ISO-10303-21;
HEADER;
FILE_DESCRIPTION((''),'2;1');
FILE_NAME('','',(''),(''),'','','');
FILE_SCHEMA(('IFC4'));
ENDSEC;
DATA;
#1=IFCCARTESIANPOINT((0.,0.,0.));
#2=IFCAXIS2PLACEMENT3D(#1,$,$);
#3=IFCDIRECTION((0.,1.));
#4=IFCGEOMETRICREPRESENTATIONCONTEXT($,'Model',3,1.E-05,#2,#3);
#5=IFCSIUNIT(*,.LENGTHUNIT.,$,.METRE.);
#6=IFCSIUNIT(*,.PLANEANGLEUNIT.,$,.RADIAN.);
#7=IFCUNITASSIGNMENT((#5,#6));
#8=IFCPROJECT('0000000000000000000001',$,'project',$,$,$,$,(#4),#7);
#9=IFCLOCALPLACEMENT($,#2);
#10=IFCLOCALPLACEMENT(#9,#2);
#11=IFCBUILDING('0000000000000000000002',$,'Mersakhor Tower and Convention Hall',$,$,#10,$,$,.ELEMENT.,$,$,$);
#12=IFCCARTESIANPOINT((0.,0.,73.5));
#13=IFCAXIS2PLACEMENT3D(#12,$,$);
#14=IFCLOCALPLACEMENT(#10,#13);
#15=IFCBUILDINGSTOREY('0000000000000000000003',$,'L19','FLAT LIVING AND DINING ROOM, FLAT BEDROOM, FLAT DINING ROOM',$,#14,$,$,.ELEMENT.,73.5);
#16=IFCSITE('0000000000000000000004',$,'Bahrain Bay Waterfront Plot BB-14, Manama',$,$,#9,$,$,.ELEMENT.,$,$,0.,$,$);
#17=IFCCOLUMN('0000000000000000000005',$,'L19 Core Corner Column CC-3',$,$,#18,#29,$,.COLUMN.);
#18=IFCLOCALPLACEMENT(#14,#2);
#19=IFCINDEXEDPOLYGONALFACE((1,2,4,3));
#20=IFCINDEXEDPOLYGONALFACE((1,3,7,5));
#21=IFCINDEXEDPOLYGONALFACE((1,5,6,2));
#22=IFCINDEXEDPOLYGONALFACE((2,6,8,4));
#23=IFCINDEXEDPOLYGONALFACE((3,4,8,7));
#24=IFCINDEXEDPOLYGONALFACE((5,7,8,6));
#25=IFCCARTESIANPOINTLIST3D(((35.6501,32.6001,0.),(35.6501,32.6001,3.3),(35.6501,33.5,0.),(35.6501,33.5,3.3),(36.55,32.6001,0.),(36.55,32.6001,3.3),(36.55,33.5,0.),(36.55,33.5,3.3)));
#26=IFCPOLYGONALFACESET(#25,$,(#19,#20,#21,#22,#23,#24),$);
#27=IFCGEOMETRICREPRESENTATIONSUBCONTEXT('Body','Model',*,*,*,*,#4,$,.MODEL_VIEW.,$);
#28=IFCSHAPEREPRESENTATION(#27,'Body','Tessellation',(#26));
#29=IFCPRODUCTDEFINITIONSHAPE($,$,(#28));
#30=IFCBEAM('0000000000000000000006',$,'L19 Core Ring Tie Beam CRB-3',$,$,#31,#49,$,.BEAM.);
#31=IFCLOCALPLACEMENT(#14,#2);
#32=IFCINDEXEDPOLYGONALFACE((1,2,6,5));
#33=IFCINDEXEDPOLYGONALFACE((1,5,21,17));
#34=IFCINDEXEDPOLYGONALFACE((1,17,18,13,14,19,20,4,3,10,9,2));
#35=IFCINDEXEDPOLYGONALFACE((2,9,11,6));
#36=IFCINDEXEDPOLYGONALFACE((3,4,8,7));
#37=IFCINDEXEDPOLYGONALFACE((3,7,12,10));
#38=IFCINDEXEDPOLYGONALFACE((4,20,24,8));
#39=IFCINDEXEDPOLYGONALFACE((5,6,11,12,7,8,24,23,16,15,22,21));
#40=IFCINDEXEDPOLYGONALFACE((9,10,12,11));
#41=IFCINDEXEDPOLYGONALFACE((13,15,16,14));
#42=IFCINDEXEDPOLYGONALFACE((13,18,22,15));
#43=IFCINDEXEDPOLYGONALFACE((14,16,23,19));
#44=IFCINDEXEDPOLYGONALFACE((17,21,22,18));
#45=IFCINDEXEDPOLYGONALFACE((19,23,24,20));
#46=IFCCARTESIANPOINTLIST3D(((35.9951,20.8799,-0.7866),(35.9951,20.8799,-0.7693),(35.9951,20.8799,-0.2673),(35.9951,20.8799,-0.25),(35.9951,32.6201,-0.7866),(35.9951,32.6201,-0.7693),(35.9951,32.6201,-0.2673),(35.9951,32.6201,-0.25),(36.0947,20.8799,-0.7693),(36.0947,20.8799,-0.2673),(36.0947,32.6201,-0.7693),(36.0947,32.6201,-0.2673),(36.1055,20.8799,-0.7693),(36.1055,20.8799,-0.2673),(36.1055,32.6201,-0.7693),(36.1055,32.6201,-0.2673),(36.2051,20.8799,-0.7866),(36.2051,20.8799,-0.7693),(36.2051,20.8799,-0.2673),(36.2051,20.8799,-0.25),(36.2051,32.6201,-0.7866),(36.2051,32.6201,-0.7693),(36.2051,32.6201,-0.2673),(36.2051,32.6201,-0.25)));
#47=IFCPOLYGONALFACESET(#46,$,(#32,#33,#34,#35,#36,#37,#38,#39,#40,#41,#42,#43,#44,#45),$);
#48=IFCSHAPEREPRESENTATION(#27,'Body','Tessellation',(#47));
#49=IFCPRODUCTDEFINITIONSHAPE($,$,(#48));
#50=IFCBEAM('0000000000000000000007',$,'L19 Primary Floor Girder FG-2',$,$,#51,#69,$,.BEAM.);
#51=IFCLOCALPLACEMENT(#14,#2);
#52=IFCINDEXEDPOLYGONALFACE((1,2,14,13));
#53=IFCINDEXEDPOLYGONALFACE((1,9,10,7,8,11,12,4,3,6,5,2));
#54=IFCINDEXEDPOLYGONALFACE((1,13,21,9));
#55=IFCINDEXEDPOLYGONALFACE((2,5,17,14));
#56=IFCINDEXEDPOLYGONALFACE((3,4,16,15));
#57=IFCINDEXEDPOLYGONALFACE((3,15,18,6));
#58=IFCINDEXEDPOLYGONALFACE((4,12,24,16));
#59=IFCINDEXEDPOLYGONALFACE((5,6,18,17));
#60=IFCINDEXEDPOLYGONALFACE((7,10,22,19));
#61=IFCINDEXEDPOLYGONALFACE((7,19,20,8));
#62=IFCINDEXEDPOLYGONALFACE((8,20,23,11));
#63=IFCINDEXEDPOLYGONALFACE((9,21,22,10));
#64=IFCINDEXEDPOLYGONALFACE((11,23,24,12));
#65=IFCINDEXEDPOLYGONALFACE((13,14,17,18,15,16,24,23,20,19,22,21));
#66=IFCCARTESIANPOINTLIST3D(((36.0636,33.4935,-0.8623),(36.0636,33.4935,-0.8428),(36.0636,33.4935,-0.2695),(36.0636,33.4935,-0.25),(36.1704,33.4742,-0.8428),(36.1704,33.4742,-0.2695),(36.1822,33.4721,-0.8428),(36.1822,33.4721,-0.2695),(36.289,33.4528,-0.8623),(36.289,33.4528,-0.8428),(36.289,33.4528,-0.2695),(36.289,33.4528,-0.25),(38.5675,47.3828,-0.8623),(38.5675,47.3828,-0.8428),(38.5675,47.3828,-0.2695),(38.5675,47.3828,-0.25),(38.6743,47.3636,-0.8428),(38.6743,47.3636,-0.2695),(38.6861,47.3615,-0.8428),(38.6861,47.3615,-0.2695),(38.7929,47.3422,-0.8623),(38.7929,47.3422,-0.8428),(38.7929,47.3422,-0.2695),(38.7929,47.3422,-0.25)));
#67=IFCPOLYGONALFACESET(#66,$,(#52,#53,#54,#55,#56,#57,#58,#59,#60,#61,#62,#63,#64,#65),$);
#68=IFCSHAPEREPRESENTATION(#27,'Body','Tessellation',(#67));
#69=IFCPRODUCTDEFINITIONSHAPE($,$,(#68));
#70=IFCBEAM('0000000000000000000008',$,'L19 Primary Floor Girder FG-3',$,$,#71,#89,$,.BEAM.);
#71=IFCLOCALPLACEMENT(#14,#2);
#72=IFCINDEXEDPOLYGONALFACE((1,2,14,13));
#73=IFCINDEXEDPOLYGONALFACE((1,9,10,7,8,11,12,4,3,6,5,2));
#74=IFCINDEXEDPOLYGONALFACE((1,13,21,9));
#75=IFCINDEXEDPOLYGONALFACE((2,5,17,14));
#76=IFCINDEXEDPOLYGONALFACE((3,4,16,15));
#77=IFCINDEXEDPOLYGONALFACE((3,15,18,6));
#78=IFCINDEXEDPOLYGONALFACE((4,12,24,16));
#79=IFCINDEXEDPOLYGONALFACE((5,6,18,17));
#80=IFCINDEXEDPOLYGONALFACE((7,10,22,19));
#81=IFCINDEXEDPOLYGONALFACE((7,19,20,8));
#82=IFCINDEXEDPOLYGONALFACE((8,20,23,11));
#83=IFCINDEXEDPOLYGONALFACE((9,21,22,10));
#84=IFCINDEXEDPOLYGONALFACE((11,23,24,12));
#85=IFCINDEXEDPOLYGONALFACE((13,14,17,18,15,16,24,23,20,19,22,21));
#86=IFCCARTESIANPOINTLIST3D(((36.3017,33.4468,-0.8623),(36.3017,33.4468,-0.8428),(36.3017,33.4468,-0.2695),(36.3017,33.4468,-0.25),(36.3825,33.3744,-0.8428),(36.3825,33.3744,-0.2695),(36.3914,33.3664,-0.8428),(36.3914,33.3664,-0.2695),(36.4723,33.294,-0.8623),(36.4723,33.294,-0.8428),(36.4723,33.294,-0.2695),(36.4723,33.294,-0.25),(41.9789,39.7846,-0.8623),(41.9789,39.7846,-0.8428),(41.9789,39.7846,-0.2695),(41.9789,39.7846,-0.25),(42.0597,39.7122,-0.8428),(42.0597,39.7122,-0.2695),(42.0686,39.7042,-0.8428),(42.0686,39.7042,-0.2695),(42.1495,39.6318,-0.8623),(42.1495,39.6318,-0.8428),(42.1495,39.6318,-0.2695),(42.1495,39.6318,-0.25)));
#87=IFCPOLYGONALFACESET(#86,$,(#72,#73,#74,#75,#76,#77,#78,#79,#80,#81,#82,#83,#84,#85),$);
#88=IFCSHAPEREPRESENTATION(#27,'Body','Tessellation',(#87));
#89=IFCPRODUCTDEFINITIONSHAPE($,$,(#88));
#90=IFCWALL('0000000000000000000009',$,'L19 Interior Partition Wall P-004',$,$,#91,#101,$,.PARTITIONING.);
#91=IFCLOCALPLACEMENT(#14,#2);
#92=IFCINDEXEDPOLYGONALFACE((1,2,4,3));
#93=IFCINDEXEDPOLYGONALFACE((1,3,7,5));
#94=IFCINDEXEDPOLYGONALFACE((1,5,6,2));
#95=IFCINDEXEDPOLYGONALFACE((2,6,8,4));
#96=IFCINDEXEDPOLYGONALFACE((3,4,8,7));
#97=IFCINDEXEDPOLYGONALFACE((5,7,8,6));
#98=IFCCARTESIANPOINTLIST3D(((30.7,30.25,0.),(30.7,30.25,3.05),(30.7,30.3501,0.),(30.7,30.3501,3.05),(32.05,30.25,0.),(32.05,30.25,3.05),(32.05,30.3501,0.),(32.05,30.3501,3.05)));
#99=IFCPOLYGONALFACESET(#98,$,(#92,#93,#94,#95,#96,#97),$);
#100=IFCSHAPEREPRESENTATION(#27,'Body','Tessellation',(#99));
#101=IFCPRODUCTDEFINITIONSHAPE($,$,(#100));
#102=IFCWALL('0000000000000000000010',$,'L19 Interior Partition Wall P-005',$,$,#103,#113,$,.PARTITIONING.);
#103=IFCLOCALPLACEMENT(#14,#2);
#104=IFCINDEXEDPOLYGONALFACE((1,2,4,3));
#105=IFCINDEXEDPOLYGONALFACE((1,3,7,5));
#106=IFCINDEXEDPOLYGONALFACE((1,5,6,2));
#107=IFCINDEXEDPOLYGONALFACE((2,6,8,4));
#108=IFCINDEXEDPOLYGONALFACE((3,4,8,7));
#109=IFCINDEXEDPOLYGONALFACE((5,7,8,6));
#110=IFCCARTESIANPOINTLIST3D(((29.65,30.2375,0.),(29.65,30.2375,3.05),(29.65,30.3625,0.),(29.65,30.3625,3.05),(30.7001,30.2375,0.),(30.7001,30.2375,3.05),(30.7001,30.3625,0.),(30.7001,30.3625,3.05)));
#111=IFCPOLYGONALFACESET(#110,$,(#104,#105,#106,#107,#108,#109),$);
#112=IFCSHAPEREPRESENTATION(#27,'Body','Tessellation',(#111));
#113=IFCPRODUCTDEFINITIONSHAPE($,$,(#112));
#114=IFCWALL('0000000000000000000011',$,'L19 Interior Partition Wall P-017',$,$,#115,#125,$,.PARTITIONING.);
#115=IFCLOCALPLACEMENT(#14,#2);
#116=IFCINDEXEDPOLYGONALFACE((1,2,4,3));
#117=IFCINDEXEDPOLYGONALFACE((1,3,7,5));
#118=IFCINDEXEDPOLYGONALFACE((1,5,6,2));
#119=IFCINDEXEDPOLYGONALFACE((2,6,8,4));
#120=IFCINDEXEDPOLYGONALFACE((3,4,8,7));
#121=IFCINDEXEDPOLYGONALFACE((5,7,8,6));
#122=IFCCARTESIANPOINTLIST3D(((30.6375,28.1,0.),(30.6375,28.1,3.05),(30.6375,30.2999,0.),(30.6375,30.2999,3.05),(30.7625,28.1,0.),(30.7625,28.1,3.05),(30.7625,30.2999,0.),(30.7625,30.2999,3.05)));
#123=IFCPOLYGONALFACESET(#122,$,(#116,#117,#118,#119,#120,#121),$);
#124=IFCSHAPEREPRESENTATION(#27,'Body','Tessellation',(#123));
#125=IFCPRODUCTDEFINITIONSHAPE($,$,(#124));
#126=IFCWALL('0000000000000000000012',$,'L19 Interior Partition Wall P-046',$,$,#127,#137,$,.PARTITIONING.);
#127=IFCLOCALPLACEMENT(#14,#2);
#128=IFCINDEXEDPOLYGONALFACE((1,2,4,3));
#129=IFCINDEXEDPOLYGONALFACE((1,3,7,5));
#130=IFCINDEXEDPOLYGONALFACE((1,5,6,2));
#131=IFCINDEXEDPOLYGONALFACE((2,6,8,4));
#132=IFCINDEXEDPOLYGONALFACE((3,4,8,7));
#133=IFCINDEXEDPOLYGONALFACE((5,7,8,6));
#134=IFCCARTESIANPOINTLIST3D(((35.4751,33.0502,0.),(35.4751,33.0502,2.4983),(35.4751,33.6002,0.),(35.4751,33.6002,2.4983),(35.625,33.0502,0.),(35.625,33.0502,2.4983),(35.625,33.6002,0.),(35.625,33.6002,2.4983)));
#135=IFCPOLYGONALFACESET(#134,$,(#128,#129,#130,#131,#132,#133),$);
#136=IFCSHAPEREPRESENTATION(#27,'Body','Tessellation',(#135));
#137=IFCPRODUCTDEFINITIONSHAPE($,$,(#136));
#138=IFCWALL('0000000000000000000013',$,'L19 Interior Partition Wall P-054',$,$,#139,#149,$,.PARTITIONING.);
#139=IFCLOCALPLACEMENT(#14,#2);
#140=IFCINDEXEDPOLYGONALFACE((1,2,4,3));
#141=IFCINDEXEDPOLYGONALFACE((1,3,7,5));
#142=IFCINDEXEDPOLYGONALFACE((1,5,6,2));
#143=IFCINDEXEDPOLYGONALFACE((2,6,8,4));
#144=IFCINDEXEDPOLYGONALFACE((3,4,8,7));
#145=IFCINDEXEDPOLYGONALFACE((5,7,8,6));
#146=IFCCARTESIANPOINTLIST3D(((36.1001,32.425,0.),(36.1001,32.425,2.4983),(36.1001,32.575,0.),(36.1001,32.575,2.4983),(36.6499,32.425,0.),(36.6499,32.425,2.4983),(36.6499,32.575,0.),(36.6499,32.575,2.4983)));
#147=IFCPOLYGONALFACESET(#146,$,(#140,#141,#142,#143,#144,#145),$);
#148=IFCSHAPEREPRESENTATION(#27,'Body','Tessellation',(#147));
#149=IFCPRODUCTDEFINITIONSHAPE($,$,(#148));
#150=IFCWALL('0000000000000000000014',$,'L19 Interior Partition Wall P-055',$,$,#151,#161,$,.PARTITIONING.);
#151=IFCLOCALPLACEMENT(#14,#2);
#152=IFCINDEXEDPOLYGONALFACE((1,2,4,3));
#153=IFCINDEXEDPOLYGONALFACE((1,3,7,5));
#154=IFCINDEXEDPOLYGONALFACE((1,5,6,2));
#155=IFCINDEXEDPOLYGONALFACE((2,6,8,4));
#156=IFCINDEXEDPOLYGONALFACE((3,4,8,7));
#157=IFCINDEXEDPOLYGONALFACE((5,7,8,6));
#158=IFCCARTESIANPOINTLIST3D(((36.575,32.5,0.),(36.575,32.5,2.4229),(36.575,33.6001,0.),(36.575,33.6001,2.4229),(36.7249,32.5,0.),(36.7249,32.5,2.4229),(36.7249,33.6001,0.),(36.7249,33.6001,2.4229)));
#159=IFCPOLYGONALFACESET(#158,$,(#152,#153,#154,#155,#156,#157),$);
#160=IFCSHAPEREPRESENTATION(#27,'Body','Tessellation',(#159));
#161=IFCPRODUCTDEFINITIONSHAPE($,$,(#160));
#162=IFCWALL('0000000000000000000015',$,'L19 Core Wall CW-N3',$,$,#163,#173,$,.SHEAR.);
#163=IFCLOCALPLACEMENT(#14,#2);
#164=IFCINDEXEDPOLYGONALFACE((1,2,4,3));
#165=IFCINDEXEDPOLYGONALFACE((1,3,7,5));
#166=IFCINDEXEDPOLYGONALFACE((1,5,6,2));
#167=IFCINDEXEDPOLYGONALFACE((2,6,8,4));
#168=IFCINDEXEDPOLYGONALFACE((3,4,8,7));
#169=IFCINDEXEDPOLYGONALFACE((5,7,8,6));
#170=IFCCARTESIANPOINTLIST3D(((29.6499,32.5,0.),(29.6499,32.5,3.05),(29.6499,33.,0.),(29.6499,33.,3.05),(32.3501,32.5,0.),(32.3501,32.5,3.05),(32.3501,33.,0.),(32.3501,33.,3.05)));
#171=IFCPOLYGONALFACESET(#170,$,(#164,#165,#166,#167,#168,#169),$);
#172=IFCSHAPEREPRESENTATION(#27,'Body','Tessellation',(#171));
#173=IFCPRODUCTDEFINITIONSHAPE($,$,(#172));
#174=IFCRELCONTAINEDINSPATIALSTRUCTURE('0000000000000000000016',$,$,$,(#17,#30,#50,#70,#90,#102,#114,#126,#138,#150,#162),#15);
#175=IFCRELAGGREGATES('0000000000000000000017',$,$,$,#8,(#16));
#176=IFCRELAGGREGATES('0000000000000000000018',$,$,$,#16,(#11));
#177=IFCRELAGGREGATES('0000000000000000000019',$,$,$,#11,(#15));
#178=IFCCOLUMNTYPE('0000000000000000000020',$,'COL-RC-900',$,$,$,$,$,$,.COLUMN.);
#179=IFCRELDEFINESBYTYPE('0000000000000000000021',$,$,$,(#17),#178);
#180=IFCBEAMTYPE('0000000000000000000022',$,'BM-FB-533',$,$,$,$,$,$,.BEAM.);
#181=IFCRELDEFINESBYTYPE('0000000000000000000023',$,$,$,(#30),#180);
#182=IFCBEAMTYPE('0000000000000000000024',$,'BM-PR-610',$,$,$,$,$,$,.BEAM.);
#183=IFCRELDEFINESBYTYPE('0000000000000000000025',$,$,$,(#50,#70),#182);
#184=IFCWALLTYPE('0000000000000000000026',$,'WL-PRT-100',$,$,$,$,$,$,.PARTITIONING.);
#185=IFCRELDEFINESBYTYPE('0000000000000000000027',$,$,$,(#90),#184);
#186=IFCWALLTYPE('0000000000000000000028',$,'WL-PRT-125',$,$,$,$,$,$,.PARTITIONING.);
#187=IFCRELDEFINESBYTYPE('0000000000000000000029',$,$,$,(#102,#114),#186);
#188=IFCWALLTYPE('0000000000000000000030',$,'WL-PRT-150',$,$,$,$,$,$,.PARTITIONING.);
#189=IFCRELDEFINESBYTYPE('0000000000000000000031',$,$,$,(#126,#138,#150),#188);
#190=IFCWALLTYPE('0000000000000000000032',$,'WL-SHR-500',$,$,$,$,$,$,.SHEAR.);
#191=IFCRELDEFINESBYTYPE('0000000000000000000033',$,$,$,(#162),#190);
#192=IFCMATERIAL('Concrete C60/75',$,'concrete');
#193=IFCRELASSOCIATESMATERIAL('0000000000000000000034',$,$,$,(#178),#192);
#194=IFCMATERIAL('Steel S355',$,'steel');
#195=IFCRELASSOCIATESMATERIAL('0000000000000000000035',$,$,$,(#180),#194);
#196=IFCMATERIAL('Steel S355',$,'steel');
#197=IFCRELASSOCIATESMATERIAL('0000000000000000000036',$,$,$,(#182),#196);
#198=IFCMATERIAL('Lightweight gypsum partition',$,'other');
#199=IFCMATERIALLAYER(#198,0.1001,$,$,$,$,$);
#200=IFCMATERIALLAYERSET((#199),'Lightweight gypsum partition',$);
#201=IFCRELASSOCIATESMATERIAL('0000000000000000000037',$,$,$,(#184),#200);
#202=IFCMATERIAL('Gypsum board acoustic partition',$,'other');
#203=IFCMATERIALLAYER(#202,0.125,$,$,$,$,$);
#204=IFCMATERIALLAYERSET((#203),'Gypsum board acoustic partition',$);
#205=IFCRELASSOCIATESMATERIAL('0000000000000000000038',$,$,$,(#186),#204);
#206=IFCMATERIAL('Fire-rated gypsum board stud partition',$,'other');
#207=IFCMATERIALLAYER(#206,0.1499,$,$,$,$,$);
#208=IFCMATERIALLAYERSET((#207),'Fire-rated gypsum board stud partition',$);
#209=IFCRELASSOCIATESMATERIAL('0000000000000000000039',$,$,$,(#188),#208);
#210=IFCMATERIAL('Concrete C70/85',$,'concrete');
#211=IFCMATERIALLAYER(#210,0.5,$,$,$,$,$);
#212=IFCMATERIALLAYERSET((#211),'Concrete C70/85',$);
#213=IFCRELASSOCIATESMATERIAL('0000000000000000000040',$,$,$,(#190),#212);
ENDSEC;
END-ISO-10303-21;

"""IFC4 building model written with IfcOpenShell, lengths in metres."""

from ifc_helpers import new_model, si_unit, direction, frame, frame_2d, origin, origin_2d, place, context, subcontext, project, spatial, rectangle, i_section, extrude, material, layer, layer_set, material_profile, profile_set, type_object, element, save


model = new_model("IFC4")

# Units and contexts
model_context = context("Model", 3, precision=1e-05, world=origin(), true_north=direction((0.0, 1.0)))
body_context = subcontext(model_context, "Body", "Model", "MODEL_VIEW")
ifc_project = project(units=[si_unit("LENGTHUNIT", "METRE"), si_unit("PLANEANGLEUNIT", "RADIAN")], contexts=[model_context])

# Site, building, storey
site_placement = place(None, origin())
site = spatial("IfcSite", under=ifc_project, at=site_placement, Name="Bahrain Bay Waterfront Plot BB-14, Manama", CompositionType="ELEMENT", RefElevation=0.0)
building_placement = place(site_placement, origin())
building = spatial("IfcBuilding", under=site, at=building_placement, Name="Mersakhor Tower and Convention Hall", CompositionType="ELEMENT")
storey_placement = place(building_placement, frame((0.0, 0.0, 73.5)))
storey = spatial("IfcBuildingStorey", under=building, at=storey_placement, Name="L19", Description="FLAT LIVING AND DINING ROOM, FLAT BEDROOM, FLAT DINING ROOM", CompositionType="ELEMENT", Elevation=73.5)

# Column
ifc_material_1 = material(Name="Concrete C60/75", Category="concrete")
ifc_material_profile_1 = material_profile(ifc_material_1, rectangle(XDim=0.8999, YDim=0.8999, at=origin_2d()), Name="RC 900x900")
ifc_profile_set_1 = profile_set([ifc_material_profile_1], Name="Concrete C60/75")
column_type = type_object("IfcColumnType", Name="COL-RC-900", PredefinedType="COLUMN", material=ifc_profile_set_1)
column_placement = place(storey_placement, frame((36.1001, 33.05, 0.0), z_axis=(0.0, 0.0, 1.0), x_axis=(1.0, 0.0, 0.0)))
element("IfcColumn", 1, at=column_placement, inside=storey, type_object=column_type, Name="L19 Core Corner Column CC-3", PredefinedType="COLUMN", context=body_context, shape_type="SweptSolid", body=[
    extrude(rectangle(XDim=0.8999, YDim=0.8999, at=origin_2d()), origin(), (0.0, 0.0, 1.0), 3.3),
])

# Beams
ifc_material_2 = material(Name="Steel S355", Category="steel")
ifc_material_profile_2 = material_profile(ifc_material_2, i_section(OverallWidth=0.21, OverallDepth=0.5366, WebThickness=0.0107, FlangeThickness=0.0173, at=origin_2d()), Name="UB 533x210x101")
ifc_profile_set_2 = profile_set([ifc_material_profile_2], Name="Steel S355")
beam_type_1 = type_object("IfcBeamType", Name="BM-FB-533", PredefinedType="BEAM", material=ifc_profile_set_2)
beam_1_placement = place(storey_placement, frame((36.1001, 32.6201, -0.5183), z_axis=(0.0, -1.0, 0.0), x_axis=(1.0, 0.0, 0.0)))
element("IfcBeam", 2, at=beam_1_placement, inside=storey, type_object=beam_type_1, Name="L19 Core Ring Tie Beam CRB-3", PredefinedType="BEAM", context=body_context, shape_type="SweptSolid", body=[
    extrude(i_section(OverallWidth=0.21, OverallDepth=0.5366, WebThickness=0.0107, FlangeThickness=0.0173, at=origin_2d()), origin(), (0.0, 0.0, 1.0), 11.7402),
])
ifc_material_3 = material(Name="Steel S355", Category="steel")
ifc_material_profile_3 = material_profile(ifc_material_3, i_section(OverallWidth=0.229, OverallDepth=0.6123, WebThickness=0.012, FlangeThickness=0.0195, at=origin_2d()), Name="UB 610x229x125")
ifc_profile_set_3 = profile_set([ifc_material_profile_3], Name="Steel S355")
beam_type_2 = type_object("IfcBeamType", Name="BM-PR-610", PredefinedType="BEAM", material=ifc_profile_set_3)
beam_2_placement = place(storey_placement, frame((36.1763, 33.4731, -0.5562), z_axis=(0.177415, 0.984136, 0.0), x_axis=(-0.984136, 0.177415, 0.0)))
element("IfcBeam", 3, at=beam_2_placement, inside=storey, type_object=beam_type_2, Name="L19 Primary Floor Girder FG-2", PredefinedType="BEAM", context=body_context, shape_type="SweptSolid", body=[
    extrude(i_section(OverallWidth=0.229, OverallDepth=0.6123, WebThickness=0.012, FlangeThickness=0.0195, at=origin_2d()), origin(), (0.0, 0.0, 1.0), 14.1133),
])
beam_3_placement = place(storey_placement, frame((36.387, 33.3704, -0.5562), z_axis=(0.667219, 0.744861, 0.0), x_axis=(-0.744861, 0.667219, 0.0)))
element("IfcBeam", 4, at=beam_3_placement, inside=storey, type_object=beam_type_2, Name="L19 Primary Floor Girder FG-3", PredefinedType="BEAM", context=body_context, shape_type="SweptSolid", body=[
    extrude(i_section(OverallWidth=0.229, OverallDepth=0.6123, WebThickness=0.012, FlangeThickness=0.0195, at=origin_2d()), origin(), (0.0, 0.0, 1.0), 8.5088),
])

# Walls
ifc_material_4 = material(Name="Lightweight gypsum partition", Category="other")
ifc_layer_1 = layer(ifc_material_4, 0.1001)
ifc_layer_set_1 = layer_set([ifc_layer_1], Name="Lightweight gypsum partition")
wall_type_1 = type_object("IfcWallType", Name="WL-PRT-100", PredefinedType="PARTITIONING", material=ifc_layer_set_1)
wall_1_placement = place(storey_placement, frame((32.05, 30.3, 0.0), z_axis=(0.0, 0.0, 1.0), x_axis=(-1.0, 0.0, 0.0)))
element("IfcWall", 5, at=wall_1_placement, inside=storey, type_object=wall_type_1, Name="L19 Interior Partition Wall P-004", PredefinedType="PARTITIONING", context=body_context, shape_type="SweptSolid", body=[
    extrude(rectangle(XDim=1.3501, YDim=0.1001, at=frame_2d((0.675, 0.0))), origin(), (0.0, 0.0, 1.0), 3.05),
])
ifc_material_5 = material(Name="Gypsum board acoustic partition", Category="other")
ifc_layer_2 = layer(ifc_material_5, 0.125)
ifc_layer_set_2 = layer_set([ifc_layer_2], Name="Gypsum board acoustic partition")
wall_type_2 = type_object("IfcWallType", Name="WL-PRT-125", PredefinedType="PARTITIONING", material=ifc_layer_set_2)
wall_2_placement = place(storey_placement, frame((30.7, 30.3, 0.0), z_axis=(0.0, 0.0, 1.0), x_axis=(-1.0, 0.0, 0.0)))
element("IfcWall", 6, at=wall_2_placement, inside=storey, type_object=wall_type_2, Name="L19 Interior Partition Wall P-005", PredefinedType="PARTITIONING", context=body_context, shape_type="SweptSolid", body=[
    extrude(rectangle(XDim=1.05, YDim=0.125, at=frame_2d((0.5249, 0.0))), origin(), (0.0, 0.0, 1.0), 3.05),
])
wall_3_placement = place(storey_placement, frame((30.7, 30.3, 0.0), z_axis=(0.0, 0.0, 1.0), x_axis=(0.0, -1.0, 0.0)))
element("IfcWall", 7, at=wall_3_placement, inside=storey, type_object=wall_type_2, Name="L19 Interior Partition Wall P-017", PredefinedType="PARTITIONING", context=body_context, shape_type="SweptSolid", body=[
    extrude(rectangle(XDim=2.2, YDim=0.125, at=frame_2d((1.1001, 0.0))), origin(), (0.0, 0.0, 1.0), 3.05),
])
ifc_material_6 = material(Name="Fire-rated gypsum board stud partition", Category="other")
ifc_layer_3 = layer(ifc_material_6, 0.1499)
ifc_layer_set_3 = layer_set([ifc_layer_3], Name="Fire-rated gypsum board stud partition")
wall_type_3 = type_object("IfcWallType", Name="WL-PRT-150", PredefinedType="PARTITIONING", material=ifc_layer_set_3)
wall_4_placement = place(storey_placement, frame((35.55, 33.6001, 0.0), z_axis=(0.0, 0.0, 1.0), x_axis=(0.0, -1.0, 0.0)))
element("IfcWall", 8, at=wall_4_placement, inside=storey, type_object=wall_type_3, Name="L19 Interior Partition Wall P-046", PredefinedType="PARTITIONING", context=body_context, shape_type="SweptSolid", body=[
    extrude(rectangle(XDim=0.55, YDim=0.1499, at=frame_2d((0.2749, 0.0))), origin(), (0.0, 0.0, 1.0), 2.4983),
])
wall_5_placement = place(storey_placement, frame((36.1001, 32.5, 0.0), z_axis=(0.0, 0.0, 1.0), x_axis=(1.0, 0.0, 0.0)))
element("IfcWall", 9, at=wall_5_placement, inside=storey, type_object=wall_type_3, Name="L19 Interior Partition Wall P-054", PredefinedType="PARTITIONING", context=body_context, shape_type="SweptSolid", body=[
    extrude(rectangle(XDim=0.5498, YDim=0.1499, at=frame_2d((0.2749, 0.0))), origin(), (0.0, 0.0, 1.0), 2.4983),
])
wall_6_placement = place(storey_placement, frame((36.6499, 32.5, 0.0), z_axis=(0.0, 0.0, 1.0), x_axis=(0.0, 1.0, 0.0)))
element("IfcWall", 10, at=wall_6_placement, inside=storey, type_object=wall_type_3, Name="L19 Interior Partition Wall P-055", PredefinedType="PARTITIONING", context=body_context, shape_type="SweptSolid", body=[
    extrude(rectangle(XDim=1.1001, YDim=0.1499, at=frame_2d((0.55, 0.0))), origin(), (0.0, 0.0, 1.0), 2.4229),
])

# Wall
ifc_material_7 = material(Name="Concrete C70/85", Category="concrete")
ifc_layer_4 = layer(ifc_material_7, 0.5)
ifc_layer_set_4 = layer_set([ifc_layer_4], Name="Concrete C70/85")
wall_type_4 = type_object("IfcWallType", Name="WL-SHR-500", PredefinedType="SHEAR", material=ifc_layer_set_4)
wall_7_placement = place(storey_placement, frame((29.6499, 32.75, 0.0), z_axis=(0.0, 0.0, 1.0), x_axis=(1.0, 0.0, 0.0)))
element("IfcWall", 11, at=wall_7_placement, inside=storey, type_object=wall_type_4, Name="L19 Core Wall CW-N3", PredefinedType="SHEAR", context=body_context, shape_type="SweptSolid", body=[
    extrude(rectangle(XDim=2.7002, YDim=0.5, at=frame_2d((1.3501, 0.0))), origin(), (0.0, 0.0, 1.0), 3.05),
])

save(model, "model.ifc")
